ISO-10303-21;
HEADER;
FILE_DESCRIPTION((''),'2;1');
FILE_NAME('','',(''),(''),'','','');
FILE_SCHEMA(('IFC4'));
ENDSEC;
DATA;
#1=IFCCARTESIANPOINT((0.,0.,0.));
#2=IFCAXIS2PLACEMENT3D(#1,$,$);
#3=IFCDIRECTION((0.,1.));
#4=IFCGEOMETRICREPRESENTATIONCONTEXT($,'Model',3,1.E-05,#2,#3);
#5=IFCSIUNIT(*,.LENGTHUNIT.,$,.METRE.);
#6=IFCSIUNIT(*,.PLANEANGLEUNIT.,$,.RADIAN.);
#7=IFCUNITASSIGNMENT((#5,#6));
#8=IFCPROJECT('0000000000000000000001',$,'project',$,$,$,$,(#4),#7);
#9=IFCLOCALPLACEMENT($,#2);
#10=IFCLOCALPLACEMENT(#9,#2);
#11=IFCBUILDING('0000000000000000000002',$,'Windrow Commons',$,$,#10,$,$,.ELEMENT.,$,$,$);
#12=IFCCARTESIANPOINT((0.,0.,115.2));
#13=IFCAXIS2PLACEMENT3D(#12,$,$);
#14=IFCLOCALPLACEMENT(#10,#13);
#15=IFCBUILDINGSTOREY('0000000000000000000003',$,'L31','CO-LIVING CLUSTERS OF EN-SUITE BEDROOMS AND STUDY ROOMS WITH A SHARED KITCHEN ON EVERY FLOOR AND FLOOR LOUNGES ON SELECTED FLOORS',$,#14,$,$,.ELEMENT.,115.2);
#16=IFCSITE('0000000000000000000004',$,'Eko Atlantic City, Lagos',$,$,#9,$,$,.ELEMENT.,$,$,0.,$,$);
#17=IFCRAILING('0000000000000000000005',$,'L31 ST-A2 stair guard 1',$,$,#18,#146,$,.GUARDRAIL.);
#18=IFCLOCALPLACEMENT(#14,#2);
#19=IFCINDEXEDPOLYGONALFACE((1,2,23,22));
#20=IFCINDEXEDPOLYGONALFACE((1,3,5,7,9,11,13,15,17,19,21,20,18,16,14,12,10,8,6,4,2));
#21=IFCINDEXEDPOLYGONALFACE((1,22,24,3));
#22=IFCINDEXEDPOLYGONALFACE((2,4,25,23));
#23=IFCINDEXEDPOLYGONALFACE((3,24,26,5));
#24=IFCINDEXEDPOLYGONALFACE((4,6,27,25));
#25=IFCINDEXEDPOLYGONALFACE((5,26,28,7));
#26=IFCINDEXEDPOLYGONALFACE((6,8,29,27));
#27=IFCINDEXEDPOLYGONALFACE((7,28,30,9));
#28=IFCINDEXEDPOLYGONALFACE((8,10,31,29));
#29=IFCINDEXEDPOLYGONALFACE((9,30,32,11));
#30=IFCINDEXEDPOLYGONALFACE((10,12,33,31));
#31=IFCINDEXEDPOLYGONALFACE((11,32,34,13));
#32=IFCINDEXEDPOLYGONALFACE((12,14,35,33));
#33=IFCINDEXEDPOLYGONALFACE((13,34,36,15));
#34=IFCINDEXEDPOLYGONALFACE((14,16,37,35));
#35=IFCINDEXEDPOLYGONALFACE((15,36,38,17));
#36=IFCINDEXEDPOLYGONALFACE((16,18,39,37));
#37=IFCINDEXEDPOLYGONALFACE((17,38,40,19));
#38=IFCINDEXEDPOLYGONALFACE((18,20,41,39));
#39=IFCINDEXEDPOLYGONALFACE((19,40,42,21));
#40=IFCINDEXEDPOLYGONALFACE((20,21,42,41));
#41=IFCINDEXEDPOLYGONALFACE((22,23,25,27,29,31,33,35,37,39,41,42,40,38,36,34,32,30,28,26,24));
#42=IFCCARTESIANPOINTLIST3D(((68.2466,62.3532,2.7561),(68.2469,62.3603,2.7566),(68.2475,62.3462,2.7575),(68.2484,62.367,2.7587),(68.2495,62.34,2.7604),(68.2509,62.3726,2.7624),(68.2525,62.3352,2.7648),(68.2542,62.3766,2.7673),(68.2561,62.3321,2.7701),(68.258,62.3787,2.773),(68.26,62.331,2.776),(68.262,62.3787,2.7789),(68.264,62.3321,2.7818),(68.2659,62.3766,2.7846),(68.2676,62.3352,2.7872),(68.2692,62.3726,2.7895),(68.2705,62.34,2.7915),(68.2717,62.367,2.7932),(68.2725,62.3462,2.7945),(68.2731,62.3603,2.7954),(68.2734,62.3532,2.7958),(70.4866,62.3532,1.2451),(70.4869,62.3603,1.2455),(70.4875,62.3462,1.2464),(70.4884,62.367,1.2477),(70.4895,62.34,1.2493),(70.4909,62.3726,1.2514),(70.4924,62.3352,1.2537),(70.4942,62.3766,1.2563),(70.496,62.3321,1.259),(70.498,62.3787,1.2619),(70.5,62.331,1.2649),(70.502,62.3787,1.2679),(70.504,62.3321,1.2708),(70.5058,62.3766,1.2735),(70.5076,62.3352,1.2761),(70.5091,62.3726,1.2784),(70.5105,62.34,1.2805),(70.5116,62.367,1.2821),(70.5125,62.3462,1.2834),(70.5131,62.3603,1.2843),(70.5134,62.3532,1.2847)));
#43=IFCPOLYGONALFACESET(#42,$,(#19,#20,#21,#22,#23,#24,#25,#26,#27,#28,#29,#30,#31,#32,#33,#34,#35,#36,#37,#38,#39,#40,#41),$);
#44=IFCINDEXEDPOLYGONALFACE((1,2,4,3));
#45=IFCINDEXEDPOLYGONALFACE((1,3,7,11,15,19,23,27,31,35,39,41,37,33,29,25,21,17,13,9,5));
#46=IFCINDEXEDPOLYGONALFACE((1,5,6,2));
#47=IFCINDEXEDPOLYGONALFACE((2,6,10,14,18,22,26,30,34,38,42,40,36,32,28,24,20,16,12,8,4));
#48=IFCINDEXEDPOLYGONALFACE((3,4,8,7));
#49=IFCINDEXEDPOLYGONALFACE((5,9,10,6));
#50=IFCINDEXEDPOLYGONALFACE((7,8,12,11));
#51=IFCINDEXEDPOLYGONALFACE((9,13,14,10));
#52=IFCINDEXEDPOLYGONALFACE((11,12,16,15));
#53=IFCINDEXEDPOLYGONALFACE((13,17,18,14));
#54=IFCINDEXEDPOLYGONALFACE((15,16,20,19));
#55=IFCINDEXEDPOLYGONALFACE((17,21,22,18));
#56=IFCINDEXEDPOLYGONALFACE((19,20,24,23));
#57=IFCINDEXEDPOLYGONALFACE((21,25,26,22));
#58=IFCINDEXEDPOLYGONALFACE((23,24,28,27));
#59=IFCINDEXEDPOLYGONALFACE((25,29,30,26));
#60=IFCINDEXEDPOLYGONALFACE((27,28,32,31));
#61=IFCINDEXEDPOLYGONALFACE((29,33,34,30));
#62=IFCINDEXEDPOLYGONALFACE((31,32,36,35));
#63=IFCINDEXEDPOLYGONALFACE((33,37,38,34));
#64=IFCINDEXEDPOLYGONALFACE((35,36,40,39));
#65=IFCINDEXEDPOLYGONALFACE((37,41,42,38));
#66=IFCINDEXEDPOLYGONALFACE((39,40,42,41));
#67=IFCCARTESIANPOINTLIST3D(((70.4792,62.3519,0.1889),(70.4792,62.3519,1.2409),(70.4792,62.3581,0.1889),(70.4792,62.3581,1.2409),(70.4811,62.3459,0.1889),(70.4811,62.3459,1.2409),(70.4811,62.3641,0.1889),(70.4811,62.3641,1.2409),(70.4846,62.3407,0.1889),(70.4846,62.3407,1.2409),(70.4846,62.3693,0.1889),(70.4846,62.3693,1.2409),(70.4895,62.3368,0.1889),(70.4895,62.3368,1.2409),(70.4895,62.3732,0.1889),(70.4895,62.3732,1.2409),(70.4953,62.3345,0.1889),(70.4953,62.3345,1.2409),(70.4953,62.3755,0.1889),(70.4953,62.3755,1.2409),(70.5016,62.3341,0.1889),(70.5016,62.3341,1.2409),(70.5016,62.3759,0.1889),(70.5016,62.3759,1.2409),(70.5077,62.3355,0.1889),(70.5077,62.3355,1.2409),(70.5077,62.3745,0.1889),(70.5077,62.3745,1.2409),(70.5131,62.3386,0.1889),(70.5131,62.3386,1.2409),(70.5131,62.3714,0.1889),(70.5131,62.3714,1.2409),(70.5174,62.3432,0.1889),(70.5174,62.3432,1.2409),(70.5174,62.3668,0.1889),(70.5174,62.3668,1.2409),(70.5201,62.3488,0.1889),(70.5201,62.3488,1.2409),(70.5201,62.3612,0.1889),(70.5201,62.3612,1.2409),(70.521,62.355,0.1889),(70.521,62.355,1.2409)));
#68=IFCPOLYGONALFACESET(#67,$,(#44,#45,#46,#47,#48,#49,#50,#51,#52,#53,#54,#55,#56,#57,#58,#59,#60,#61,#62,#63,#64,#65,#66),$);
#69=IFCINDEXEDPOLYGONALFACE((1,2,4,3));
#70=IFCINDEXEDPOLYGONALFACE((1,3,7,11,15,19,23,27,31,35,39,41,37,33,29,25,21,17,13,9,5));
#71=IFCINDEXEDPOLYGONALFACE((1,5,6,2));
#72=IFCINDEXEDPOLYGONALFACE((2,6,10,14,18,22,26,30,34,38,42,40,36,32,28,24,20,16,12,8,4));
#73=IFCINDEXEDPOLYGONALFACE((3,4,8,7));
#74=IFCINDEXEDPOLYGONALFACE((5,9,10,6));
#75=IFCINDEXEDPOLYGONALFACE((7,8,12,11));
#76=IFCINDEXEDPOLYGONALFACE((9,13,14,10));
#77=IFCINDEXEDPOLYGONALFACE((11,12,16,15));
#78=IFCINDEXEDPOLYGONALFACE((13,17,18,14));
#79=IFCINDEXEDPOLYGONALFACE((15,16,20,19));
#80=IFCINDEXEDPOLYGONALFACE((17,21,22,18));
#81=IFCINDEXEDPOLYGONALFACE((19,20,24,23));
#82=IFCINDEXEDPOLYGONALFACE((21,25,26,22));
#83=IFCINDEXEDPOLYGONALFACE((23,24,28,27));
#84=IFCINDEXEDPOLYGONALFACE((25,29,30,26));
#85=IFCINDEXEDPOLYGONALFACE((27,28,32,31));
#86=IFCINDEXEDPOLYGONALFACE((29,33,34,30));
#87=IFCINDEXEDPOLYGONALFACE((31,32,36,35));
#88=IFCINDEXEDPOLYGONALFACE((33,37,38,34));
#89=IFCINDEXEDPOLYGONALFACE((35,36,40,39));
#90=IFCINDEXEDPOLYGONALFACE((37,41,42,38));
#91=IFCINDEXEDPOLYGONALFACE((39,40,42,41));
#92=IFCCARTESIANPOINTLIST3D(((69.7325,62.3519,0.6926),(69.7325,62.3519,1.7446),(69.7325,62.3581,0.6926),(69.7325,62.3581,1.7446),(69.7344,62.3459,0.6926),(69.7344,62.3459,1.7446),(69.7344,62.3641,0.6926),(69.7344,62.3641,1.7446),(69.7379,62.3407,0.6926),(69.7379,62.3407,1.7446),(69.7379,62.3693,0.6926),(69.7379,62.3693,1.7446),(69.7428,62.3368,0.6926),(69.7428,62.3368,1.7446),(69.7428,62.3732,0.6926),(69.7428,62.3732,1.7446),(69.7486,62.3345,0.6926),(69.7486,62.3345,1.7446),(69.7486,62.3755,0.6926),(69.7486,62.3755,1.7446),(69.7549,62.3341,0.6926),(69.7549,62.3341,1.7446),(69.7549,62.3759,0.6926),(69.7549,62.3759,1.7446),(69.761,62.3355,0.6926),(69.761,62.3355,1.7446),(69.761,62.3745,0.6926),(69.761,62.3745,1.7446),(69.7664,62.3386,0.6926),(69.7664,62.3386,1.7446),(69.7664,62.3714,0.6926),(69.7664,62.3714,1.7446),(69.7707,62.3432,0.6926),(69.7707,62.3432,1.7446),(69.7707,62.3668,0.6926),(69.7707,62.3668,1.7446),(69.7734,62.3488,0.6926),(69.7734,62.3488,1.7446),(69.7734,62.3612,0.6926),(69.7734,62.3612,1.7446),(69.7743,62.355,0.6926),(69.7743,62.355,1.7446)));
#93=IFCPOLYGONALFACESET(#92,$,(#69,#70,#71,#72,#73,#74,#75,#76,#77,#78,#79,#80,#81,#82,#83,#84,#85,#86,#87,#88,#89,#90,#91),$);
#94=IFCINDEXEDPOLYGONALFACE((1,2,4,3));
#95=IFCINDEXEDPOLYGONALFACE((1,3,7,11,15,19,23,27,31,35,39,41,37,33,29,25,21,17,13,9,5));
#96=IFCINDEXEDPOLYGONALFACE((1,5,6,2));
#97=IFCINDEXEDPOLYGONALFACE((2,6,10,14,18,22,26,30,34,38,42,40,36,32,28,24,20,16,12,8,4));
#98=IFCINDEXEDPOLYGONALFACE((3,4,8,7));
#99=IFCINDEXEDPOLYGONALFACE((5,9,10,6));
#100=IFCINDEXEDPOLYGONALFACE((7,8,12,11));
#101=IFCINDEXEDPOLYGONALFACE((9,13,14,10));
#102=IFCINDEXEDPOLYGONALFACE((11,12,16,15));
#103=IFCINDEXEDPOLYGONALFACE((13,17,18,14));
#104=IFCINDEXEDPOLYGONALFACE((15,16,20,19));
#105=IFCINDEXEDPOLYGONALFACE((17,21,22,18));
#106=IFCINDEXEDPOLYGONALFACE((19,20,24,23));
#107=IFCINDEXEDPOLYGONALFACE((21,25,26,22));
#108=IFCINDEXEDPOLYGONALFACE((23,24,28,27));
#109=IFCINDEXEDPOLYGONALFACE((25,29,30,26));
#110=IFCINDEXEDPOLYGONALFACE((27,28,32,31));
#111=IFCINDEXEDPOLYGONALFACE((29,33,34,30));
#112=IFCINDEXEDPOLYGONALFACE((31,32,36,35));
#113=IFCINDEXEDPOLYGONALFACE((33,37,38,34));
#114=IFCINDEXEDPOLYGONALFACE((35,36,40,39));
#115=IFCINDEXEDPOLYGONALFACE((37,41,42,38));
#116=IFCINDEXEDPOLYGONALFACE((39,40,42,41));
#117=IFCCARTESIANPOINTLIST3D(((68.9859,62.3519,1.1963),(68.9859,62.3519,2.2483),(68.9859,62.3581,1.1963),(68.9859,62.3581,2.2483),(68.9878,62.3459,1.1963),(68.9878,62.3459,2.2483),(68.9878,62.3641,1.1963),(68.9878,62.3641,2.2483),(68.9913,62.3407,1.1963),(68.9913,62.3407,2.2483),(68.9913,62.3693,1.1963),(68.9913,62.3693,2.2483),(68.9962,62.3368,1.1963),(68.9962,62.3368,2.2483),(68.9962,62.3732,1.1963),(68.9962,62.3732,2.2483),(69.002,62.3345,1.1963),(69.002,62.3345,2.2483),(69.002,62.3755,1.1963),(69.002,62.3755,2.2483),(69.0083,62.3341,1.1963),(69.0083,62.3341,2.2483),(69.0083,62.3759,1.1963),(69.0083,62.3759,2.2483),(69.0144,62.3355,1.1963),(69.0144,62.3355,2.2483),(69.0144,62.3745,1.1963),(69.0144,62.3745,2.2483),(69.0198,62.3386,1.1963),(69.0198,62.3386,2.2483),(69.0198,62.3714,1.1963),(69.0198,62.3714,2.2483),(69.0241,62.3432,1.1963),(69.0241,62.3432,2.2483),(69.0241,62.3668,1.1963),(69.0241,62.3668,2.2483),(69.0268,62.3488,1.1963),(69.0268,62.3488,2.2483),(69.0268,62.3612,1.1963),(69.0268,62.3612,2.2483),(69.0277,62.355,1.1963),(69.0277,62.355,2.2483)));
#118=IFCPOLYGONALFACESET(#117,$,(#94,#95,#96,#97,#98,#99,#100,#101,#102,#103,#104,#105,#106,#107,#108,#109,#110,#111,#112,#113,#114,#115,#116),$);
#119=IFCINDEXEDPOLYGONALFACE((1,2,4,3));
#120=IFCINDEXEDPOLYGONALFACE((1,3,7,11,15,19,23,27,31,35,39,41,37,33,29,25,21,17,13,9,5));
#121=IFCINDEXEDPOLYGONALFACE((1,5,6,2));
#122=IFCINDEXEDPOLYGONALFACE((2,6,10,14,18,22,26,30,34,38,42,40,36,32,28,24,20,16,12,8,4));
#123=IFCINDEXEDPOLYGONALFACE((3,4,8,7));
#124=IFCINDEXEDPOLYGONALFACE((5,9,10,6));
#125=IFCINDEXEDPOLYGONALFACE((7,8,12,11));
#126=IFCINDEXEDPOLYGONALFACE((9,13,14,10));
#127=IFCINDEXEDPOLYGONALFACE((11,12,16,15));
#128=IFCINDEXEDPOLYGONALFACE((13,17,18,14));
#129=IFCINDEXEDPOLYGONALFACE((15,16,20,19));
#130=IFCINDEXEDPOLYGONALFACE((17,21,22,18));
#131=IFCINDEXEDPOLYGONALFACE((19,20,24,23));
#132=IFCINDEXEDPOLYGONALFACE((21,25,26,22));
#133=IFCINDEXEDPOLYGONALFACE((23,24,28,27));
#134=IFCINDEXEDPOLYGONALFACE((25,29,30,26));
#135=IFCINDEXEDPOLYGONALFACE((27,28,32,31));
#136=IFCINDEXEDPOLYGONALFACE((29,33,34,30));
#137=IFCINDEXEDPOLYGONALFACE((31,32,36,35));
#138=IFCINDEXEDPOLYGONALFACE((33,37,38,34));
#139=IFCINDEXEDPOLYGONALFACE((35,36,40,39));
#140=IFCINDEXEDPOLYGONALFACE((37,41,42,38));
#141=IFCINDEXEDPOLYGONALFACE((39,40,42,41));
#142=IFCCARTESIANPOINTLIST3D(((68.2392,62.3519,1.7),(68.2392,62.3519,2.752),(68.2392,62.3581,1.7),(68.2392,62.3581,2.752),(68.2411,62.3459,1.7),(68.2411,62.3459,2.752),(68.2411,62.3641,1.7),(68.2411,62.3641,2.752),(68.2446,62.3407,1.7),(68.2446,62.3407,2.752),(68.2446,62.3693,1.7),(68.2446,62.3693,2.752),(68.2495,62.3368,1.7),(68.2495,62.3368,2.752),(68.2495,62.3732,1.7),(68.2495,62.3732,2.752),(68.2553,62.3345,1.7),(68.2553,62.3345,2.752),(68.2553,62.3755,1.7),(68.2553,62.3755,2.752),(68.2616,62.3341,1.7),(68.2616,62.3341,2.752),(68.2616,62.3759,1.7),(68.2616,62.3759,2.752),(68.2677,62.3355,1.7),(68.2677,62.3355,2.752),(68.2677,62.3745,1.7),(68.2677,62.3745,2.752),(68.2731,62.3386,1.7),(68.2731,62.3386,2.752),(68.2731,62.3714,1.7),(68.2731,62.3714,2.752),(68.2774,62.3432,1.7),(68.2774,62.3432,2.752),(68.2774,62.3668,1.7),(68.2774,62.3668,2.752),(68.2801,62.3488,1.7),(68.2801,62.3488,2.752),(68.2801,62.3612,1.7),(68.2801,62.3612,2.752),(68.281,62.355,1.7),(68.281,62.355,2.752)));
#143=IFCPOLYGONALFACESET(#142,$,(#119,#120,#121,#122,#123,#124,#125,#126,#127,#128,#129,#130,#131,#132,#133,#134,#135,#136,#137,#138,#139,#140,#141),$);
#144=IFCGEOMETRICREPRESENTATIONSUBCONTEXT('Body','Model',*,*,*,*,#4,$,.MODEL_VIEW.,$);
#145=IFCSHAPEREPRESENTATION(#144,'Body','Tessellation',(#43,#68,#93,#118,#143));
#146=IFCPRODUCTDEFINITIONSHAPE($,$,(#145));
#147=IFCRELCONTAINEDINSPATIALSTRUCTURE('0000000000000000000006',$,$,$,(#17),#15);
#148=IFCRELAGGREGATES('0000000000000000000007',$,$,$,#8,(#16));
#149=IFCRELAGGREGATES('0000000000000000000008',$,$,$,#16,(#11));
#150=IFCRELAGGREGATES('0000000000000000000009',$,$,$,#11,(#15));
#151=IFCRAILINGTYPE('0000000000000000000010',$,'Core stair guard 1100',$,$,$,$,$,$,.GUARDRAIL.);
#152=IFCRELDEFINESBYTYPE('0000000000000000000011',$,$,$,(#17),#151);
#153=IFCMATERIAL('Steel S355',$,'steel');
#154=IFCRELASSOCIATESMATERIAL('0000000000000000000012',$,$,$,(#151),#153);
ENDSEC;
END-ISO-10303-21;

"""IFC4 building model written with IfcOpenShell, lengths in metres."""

from ifc_helpers import new_model, si_unit, direction, frame, origin, origin_2d, place, context, subcontext, project, spatial, circle, extrude, material, type_object, element, save


model = new_model("IFC4")

# Units and contexts
model_context = context("Model", 3, precision=1e-05, world=origin(), true_north=direction((0.0, 1.0)))
body_context = subcontext(model_context, "Body", "Model", "MODEL_VIEW")
ifc_project = project(units=[si_unit("LENGTHUNIT", "METRE"), si_unit("PLANEANGLEUNIT", "RADIAN")], contexts=[model_context])

# Site, building, storey
site_placement = place(None, origin())
site = spatial("IfcSite", under=ifc_project, at=site_placement, Name="Eko Atlantic City, Lagos", CompositionType="ELEMENT", RefElevation=0.0)
building_placement = place(site_placement, origin())
building = spatial("IfcBuilding", under=site, at=building_placement, Name="Windrow Commons", CompositionType="ELEMENT")
storey_placement = place(building_placement, frame((0.0, 0.0, 115.2)))
storey = spatial("IfcBuildingStorey", under=building, at=storey_placement, Name="L31", Description="CO-LIVING CLUSTERS OF EN-SUITE BEDROOMS AND STUDY ROOMS WITH A SHARED KITCHEN ON EVERY FLOOR AND FLOOR LOUNGES ON SELECTED FLOORS", CompositionType="ELEMENT", Elevation=115.2)

# Railing
ifc_material_1 = material(Name="Steel S355", Category="steel")
railing_type_1 = type_object("IfcRailingType", Name="Core stair guard 1100", PredefinedType="GUARDRAIL", material=ifc_material_1)
railing_1_placement = place(storey_placement, frame((70.5, 62.355, 0.1889)))
element("IfcRailing", 1, at=railing_1_placement, inside=storey, type_object=railing_type_1, Name="L31 ST-A2 stair guard 1", PredefinedType="GUARDRAIL", context=body_context, shape_type="SweptSolid", body=[
    extrude(circle(Radius=0.024, at=origin_2d()), frame((0.0, 0.0, 1.076), z_axis=(-0.829003, 0.0, 0.559244), x_axis=(0.0, -1.0, 0.0)), (0.0, 0.0, 1.0), 2.702),
    extrude(circle(Radius=0.021, at=origin_2d()), origin(), (0.0, 0.0, 1.0), 1.052),
    extrude(circle(Radius=0.021, at=origin_2d()), frame((-0.7467, 0.0, 0.5037)), (0.0, 0.0, 1.0), 1.052),
    extrude(circle(Radius=0.021, at=origin_2d()), frame((-1.4933, 0.0, 1.0074)), (0.0, 0.0, 1.0), 1.052),
    extrude(circle(Radius=0.021, at=origin_2d()), frame((-2.24, 0.0, 1.5111)), (0.0, 0.0, 1.0), 1.052),
])

save(model, "model.ifc")
